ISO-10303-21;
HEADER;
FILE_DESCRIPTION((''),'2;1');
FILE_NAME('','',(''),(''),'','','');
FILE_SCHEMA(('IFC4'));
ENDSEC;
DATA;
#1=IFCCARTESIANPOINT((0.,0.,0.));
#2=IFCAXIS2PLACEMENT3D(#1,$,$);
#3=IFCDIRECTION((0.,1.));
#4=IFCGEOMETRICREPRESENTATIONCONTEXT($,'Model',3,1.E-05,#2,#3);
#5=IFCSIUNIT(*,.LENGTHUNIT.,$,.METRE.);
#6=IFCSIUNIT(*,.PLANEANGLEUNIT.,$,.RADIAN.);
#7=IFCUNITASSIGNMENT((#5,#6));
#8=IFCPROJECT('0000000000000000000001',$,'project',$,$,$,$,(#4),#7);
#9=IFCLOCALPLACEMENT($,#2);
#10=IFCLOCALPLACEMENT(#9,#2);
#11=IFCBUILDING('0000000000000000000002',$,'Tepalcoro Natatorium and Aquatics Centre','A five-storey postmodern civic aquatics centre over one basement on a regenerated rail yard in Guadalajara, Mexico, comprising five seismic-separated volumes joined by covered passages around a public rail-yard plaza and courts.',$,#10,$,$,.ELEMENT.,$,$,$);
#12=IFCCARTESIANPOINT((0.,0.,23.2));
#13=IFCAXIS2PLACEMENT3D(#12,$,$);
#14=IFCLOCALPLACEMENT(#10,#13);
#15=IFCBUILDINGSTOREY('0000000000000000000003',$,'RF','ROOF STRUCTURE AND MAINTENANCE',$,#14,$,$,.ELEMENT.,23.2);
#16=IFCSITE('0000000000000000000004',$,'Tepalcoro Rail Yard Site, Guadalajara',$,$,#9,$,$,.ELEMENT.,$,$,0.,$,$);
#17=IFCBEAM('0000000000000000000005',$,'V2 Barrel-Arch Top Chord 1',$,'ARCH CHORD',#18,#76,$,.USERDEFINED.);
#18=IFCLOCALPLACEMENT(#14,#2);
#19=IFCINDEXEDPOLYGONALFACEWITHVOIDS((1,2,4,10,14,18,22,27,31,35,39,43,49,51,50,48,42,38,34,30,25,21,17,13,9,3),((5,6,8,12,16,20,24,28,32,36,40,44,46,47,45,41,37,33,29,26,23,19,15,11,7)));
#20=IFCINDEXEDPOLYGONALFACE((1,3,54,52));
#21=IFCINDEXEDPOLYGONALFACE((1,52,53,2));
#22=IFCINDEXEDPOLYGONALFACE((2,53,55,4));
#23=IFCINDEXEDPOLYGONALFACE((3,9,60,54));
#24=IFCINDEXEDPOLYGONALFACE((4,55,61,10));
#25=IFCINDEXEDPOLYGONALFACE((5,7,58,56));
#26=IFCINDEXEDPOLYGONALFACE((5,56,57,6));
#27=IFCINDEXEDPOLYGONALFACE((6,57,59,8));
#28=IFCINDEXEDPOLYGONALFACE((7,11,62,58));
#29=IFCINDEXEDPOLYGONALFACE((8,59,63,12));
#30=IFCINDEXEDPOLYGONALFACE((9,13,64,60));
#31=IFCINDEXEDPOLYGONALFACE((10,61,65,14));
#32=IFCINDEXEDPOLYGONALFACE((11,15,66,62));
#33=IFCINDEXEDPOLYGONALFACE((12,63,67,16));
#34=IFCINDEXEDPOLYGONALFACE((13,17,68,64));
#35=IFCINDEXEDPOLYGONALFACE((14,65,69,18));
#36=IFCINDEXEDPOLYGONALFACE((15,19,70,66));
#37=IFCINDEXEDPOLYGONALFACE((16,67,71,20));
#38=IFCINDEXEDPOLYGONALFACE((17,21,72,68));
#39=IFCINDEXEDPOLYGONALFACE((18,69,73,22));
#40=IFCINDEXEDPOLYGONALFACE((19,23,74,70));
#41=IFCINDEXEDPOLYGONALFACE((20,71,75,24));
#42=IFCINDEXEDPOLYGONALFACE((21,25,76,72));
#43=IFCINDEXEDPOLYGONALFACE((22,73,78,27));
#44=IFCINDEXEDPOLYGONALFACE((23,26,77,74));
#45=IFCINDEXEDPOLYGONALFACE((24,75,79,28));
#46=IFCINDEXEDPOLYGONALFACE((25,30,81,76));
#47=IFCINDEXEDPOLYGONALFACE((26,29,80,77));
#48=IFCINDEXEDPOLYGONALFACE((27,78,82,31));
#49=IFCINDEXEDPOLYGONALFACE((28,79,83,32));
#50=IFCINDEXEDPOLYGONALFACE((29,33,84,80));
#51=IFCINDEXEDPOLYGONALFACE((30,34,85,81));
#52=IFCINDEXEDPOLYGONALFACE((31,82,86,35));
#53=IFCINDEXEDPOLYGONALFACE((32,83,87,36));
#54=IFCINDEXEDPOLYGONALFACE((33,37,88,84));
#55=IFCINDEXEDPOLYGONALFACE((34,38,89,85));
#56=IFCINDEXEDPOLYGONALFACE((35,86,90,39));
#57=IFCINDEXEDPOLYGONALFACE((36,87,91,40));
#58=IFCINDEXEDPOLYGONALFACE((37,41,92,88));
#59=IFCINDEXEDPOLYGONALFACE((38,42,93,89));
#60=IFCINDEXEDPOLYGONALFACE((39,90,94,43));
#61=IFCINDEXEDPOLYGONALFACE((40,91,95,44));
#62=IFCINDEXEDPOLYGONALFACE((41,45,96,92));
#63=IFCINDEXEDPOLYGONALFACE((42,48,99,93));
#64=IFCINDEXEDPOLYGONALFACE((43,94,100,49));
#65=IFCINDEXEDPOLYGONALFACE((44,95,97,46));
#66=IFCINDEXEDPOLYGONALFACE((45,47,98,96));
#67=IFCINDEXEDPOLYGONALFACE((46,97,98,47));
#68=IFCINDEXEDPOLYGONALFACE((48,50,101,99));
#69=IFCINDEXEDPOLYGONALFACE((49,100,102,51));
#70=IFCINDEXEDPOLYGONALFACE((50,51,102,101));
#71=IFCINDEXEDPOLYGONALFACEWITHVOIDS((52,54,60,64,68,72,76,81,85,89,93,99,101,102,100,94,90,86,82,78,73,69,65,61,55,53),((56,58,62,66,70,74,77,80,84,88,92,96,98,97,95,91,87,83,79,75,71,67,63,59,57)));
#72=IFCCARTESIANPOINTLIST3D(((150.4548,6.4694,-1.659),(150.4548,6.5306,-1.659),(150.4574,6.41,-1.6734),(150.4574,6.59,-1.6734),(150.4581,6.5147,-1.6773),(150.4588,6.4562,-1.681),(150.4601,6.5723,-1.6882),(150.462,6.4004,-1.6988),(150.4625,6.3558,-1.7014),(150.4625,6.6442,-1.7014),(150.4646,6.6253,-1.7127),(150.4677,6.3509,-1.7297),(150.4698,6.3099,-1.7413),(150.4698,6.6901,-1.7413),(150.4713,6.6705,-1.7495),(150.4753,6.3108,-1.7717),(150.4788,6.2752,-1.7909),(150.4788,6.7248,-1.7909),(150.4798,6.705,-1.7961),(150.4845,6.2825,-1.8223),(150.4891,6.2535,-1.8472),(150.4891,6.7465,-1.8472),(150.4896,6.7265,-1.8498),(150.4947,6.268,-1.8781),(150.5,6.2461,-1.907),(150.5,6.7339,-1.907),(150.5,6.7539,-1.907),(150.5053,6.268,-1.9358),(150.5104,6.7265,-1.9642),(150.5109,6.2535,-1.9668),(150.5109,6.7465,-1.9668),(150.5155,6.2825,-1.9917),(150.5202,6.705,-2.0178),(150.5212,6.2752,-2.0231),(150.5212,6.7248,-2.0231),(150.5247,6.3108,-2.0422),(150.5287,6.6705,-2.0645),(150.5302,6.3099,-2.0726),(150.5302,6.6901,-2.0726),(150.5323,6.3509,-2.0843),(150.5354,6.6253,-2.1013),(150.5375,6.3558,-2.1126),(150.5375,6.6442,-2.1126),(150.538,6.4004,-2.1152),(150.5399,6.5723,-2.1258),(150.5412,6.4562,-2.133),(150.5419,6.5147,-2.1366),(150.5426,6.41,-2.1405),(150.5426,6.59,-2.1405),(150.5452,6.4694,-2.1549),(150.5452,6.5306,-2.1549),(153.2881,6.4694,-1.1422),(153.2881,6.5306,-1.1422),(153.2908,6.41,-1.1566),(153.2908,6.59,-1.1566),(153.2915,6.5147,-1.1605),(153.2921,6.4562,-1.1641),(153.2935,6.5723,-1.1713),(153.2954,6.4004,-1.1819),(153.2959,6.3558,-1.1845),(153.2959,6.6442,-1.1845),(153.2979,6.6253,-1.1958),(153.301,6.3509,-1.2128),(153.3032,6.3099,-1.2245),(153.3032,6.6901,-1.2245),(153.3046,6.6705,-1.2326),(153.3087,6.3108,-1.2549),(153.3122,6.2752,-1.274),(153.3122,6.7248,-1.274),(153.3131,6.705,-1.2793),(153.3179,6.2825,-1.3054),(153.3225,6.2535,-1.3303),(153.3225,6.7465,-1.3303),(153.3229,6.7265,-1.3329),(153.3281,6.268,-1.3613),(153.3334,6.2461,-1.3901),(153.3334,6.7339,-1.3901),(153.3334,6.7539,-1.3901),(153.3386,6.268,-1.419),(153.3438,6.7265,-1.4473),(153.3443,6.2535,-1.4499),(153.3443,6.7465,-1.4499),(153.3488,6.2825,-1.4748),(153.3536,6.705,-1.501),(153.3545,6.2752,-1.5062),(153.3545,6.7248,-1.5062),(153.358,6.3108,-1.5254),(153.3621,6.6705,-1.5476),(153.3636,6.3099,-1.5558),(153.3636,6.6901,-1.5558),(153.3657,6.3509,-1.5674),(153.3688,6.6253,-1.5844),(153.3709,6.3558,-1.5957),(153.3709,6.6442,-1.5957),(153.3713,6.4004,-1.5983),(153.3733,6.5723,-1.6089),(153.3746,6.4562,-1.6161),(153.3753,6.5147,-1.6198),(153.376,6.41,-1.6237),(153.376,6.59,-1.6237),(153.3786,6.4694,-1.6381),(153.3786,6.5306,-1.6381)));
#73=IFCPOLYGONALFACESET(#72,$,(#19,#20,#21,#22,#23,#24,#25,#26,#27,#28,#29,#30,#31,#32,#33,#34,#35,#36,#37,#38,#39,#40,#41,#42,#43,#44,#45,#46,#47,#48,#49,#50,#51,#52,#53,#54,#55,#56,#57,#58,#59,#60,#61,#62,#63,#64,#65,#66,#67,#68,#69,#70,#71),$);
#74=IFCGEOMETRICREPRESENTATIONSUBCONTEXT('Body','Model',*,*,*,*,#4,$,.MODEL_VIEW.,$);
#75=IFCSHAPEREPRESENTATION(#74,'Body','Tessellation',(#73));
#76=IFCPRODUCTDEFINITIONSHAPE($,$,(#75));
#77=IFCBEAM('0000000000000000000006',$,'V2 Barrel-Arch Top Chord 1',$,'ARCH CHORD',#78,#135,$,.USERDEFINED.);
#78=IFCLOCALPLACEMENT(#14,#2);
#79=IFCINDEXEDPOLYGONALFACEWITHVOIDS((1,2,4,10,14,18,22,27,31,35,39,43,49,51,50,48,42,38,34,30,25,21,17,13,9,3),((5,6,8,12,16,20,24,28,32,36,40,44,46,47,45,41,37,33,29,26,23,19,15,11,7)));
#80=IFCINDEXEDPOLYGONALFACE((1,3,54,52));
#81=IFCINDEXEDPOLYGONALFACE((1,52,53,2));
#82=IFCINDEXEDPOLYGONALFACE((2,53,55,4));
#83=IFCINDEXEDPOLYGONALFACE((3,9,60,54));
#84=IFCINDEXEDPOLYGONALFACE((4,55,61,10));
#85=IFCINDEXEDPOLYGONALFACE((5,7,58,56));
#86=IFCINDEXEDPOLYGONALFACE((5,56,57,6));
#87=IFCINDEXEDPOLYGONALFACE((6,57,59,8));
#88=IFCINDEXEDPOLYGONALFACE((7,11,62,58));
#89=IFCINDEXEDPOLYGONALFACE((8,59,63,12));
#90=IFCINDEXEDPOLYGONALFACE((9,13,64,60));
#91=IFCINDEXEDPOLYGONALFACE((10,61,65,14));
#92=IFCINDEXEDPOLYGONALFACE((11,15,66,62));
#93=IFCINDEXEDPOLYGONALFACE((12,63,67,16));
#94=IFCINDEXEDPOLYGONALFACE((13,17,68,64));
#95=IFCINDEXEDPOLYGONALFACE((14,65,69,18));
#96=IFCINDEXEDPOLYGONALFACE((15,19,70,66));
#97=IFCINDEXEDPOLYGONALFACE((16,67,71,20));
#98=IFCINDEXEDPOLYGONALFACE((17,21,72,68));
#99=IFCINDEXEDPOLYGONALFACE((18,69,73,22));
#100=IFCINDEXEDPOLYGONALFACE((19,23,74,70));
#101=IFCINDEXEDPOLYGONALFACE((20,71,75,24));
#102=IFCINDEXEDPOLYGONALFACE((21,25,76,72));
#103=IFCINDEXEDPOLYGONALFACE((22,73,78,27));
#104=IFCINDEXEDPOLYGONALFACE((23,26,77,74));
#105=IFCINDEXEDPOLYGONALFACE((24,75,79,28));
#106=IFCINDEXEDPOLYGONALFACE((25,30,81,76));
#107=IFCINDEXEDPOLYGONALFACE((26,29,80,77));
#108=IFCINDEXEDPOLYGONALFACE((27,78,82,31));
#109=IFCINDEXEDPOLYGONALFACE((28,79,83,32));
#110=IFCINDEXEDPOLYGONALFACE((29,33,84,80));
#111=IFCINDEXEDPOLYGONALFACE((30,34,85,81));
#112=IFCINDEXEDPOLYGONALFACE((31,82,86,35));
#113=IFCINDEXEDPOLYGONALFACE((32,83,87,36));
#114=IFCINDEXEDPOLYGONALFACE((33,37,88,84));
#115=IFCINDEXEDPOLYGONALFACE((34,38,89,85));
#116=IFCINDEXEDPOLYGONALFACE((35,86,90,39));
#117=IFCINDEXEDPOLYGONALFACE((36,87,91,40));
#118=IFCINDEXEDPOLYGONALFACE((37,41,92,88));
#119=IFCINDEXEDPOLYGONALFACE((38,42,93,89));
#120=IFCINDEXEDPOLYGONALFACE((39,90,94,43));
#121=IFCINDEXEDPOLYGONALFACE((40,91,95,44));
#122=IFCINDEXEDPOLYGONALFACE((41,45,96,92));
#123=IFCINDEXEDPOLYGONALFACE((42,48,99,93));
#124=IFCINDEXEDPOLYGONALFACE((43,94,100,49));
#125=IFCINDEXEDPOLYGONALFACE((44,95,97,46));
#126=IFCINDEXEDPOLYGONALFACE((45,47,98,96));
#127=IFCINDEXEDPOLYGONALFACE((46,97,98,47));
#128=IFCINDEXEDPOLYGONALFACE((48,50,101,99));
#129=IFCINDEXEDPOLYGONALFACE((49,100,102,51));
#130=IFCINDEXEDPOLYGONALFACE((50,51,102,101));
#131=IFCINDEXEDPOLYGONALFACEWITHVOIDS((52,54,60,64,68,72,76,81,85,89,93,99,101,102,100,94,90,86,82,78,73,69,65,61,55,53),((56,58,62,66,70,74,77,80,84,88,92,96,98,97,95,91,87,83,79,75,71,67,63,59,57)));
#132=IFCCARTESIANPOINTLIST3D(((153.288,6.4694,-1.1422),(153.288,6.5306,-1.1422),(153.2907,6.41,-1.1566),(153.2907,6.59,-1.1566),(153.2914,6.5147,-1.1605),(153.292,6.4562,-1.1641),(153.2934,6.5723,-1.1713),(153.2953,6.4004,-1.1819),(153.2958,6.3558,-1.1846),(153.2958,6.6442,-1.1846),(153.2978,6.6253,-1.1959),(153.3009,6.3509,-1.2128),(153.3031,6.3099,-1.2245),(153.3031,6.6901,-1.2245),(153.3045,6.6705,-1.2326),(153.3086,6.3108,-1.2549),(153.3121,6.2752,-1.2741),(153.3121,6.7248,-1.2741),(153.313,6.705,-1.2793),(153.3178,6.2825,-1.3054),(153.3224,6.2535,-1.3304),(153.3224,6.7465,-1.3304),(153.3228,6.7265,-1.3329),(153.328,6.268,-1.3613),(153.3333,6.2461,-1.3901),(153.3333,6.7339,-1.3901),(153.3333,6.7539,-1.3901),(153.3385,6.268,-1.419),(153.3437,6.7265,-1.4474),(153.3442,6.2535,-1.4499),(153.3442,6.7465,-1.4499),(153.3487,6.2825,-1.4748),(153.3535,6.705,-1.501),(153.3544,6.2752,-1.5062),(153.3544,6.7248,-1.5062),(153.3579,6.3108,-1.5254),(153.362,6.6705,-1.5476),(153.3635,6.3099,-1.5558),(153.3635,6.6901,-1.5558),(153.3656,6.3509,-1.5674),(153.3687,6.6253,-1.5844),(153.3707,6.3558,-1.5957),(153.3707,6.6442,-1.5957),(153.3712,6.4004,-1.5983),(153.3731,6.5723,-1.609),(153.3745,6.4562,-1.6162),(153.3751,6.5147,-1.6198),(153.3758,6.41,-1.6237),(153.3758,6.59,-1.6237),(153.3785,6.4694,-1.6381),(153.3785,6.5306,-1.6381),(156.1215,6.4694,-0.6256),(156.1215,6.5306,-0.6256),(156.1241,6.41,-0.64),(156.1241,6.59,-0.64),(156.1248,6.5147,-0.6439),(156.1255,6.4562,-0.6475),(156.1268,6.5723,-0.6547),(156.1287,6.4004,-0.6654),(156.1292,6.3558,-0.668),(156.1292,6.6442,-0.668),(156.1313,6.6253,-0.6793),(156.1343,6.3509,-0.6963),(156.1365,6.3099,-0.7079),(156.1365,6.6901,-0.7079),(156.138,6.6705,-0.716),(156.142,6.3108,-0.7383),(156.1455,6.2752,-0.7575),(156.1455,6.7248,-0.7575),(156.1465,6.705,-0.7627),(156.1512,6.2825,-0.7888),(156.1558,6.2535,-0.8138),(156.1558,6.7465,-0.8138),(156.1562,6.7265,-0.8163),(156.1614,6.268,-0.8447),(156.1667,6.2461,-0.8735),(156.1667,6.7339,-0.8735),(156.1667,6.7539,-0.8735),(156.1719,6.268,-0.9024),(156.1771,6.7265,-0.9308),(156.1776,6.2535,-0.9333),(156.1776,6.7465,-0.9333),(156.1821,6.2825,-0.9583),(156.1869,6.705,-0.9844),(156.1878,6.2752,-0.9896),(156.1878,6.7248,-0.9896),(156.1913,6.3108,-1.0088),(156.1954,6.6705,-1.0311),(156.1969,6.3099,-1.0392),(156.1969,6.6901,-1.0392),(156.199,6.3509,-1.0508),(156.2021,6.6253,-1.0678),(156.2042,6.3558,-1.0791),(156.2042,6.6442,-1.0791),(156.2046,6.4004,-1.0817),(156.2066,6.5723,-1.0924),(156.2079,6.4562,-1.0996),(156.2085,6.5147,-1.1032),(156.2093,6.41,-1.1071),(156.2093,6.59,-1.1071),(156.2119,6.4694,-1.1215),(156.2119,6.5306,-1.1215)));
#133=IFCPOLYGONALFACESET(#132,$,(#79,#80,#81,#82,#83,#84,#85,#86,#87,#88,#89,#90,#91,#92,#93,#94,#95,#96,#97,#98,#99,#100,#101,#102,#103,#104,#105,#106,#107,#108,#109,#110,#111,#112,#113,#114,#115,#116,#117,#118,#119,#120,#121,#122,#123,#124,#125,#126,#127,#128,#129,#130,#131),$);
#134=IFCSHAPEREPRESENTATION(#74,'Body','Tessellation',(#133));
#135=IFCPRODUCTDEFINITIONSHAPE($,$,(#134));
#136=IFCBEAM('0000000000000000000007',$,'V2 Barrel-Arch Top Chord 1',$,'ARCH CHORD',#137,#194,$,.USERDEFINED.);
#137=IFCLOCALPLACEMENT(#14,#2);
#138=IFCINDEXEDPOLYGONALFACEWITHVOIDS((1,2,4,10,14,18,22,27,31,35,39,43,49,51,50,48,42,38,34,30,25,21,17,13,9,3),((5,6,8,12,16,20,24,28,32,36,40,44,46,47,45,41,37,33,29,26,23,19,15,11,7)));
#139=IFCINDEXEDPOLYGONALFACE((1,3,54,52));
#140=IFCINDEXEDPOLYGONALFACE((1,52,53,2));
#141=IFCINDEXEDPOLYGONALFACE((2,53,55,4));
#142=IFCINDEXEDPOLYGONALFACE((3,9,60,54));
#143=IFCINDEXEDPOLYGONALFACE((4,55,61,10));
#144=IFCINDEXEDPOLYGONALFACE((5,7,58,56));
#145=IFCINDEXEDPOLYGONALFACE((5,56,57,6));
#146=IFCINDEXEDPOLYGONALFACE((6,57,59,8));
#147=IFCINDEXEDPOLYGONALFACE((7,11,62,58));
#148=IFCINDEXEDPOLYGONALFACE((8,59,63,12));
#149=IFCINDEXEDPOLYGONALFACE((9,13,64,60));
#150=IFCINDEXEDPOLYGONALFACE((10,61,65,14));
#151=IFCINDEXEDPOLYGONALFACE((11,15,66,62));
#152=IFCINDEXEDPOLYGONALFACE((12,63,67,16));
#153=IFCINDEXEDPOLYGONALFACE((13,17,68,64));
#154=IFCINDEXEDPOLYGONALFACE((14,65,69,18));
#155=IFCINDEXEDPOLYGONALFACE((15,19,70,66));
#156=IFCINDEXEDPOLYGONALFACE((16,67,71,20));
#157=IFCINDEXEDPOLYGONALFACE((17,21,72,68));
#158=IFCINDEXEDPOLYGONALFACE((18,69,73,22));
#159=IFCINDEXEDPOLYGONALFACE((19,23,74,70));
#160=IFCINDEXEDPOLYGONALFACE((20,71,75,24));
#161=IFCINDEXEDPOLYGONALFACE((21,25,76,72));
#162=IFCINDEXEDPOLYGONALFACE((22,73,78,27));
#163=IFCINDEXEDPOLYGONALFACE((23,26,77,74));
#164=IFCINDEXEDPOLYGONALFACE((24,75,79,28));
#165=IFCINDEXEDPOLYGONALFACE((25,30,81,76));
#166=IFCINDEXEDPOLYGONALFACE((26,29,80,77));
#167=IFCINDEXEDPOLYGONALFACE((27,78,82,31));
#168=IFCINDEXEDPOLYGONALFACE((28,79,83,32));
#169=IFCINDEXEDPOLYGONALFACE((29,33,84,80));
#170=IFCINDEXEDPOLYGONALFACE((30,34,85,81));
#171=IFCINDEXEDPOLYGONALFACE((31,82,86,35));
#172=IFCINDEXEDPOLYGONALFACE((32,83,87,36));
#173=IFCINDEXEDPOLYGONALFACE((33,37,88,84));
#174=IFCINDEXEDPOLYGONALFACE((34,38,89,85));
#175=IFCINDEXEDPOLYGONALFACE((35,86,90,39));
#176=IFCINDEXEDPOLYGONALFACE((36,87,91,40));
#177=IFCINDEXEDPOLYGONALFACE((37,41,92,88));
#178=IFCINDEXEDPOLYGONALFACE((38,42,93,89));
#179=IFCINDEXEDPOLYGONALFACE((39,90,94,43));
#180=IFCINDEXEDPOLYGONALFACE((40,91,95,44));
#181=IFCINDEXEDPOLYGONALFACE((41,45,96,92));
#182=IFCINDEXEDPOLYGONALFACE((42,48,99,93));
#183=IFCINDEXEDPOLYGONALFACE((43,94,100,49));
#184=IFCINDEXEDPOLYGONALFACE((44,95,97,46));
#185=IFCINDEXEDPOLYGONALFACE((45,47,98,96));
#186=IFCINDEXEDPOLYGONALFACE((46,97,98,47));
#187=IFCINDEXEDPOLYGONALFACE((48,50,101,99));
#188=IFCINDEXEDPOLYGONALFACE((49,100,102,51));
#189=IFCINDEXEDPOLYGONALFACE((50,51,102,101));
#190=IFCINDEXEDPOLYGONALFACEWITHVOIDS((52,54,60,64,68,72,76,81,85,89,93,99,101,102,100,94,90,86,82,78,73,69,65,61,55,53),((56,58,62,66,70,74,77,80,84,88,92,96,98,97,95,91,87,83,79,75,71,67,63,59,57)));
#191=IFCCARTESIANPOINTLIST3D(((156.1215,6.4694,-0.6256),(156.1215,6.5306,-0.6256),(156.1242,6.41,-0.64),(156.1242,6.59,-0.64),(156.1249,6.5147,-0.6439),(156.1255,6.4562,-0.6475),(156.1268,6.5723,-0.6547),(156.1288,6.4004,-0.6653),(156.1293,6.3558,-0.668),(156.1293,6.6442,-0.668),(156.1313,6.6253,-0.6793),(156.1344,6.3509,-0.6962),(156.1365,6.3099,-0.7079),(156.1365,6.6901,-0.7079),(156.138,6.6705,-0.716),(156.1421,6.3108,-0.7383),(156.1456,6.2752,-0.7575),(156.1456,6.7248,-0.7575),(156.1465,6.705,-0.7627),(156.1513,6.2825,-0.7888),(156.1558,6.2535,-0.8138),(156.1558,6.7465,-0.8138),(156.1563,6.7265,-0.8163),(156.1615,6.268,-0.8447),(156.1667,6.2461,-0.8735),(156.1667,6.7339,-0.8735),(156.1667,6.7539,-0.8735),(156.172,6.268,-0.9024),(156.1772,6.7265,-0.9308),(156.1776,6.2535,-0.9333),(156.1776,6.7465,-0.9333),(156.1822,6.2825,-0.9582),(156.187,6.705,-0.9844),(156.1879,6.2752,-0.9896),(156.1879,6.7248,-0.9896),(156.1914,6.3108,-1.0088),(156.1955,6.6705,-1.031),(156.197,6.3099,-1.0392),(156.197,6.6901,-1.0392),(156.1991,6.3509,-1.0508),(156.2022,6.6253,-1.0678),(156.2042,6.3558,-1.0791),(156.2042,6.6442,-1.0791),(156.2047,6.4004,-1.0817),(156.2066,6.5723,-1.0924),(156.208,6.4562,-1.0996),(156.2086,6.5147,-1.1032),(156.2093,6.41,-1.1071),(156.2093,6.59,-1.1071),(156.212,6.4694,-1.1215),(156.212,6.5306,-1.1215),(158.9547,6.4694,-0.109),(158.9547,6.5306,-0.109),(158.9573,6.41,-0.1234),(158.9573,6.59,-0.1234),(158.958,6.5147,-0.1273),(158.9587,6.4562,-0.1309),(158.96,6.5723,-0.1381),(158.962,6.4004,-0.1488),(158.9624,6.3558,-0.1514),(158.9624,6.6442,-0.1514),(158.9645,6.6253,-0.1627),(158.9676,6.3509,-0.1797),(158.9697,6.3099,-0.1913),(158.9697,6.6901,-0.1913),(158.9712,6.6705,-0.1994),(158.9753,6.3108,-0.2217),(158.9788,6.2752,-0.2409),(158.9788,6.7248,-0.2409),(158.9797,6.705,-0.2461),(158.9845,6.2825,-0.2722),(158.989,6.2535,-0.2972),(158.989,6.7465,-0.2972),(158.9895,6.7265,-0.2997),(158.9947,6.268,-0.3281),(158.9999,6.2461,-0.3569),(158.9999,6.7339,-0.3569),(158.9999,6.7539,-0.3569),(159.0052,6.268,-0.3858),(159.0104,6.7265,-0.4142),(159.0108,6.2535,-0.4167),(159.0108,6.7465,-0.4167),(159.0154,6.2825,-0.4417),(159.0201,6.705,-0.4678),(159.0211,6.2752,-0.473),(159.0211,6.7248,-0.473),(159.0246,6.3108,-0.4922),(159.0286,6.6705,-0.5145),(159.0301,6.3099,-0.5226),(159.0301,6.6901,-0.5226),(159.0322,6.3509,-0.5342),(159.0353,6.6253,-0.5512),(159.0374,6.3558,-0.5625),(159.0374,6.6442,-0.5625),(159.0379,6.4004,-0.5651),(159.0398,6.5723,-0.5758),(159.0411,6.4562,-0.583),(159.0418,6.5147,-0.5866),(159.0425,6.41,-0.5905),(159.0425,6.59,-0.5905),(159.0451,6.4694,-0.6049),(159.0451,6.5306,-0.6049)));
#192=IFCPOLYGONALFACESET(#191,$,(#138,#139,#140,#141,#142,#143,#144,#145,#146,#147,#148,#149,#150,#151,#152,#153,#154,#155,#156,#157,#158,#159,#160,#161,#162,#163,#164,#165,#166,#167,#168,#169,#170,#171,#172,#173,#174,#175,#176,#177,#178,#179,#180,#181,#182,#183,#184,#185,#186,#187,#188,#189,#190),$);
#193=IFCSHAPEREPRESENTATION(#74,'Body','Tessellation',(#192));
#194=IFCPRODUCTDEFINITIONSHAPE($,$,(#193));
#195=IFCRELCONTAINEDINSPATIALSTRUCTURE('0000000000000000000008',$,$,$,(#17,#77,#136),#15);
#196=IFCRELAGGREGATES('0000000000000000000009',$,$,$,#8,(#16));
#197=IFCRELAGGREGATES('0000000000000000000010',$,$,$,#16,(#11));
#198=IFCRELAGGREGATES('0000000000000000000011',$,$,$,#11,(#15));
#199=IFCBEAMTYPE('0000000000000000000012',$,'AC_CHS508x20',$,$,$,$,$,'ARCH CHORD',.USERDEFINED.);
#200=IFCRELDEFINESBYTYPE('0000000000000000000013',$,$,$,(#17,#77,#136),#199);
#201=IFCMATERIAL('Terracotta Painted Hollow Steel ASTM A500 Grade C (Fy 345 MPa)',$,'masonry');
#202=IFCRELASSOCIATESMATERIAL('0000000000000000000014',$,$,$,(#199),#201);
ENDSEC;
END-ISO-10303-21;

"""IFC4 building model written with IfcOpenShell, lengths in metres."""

from ifc_helpers import new_model, si_unit, direction, frame, origin, origin_2d, place, context, subcontext, project, spatial, hollow_circle, extrude, material, material_profile, profile_set, type_object, element, save


model = new_model("IFC4")

# Units and contexts
model_context = context("Model", 3, precision=1e-05, world=origin(), true_north=direction((0.0, 1.0)))
body_context = subcontext(model_context, "Body", "Model", "MODEL_VIEW")
ifc_project = project(units=[si_unit("LENGTHUNIT", "METRE"), si_unit("PLANEANGLEUNIT", "RADIAN")], contexts=[model_context])

# Site, building, storey
site_placement = place(None, origin())
site = spatial("IfcSite", under=ifc_project, at=site_placement, Name="Tepalcoro Rail Yard Site, Guadalajara", CompositionType="ELEMENT", RefElevation=0.0)
building_placement = place(site_placement, origin())
building = spatial("IfcBuilding", under=site, at=building_placement, Name="Tepalcoro Natatorium and Aquatics Centre", Description="A five-storey postmodern civic aquatics centre over one basement on a regenerated rail yard in Guadalajara, Mexico, comprising five seismic-separated volumes joined by covered passages around a public rail-yard plaza and courts.", CompositionType="ELEMENT")
storey_placement = place(building_placement, frame((0.0, 0.0, 23.2)))
storey = spatial("IfcBuildingStorey", under=building, at=storey_placement, Name="RF", Description="ROOF STRUCTURE AND MAINTENANCE", CompositionType="ELEMENT", Elevation=23.2)

# Beams
ifc_material_1 = material(Name="Terracotta Painted Hollow Steel ASTM A500 Grade C (Fy 345 MPa)", Category="masonry")
ifc_material_profile_1 = material_profile(ifc_material_1, hollow_circle(Radius=0.2539, WallThickness=0.02, at=origin_2d()), Name="CHS508X20")
ifc_profile_set_1 = profile_set([ifc_material_profile_1], Name="Terracotta Painted Hollow Steel ASTM A500 Grade C (Fy 345 MPa)")
beam_type_1 = type_object("IfcBeamType", Name="AC_CHS508x20", ElementType="ARCH CHORD", PredefinedType="USERDEFINED", material=ifc_profile_set_1)
for number, where, z_axis, x_axis, name in (
    (1, (150.5, 6.5, -1.907), (0.983765, 0.0, 0.17946), (0.0, 1.0, 0.0), "V2 Barrel-Arch Top Chord 1"),
    (2, (153.3333, 6.5, -1.3901), (0.983783, 0.0, 0.179363), (0.0, 1.0, 0.0), "V2 Barrel-Arch Top Chord 1"),
):
    element("IfcBeam", number, at=place(storey_placement, frame(where, z_axis=z_axis, x_axis=x_axis)), inside=storey, type_object=beam_type_1, Name=name, ObjectType="ARCH CHORD", PredefinedType="USERDEFINED", context=body_context, shape_type="SweptSolid", body=[
        extrude(hollow_circle(Radius=0.2539, WallThickness=0.02, at=origin_2d()), origin(), (0.0, 0.0, 1.0), 2.8801),
    ])
beam_1_placement = place(storey_placement, frame((156.1667, 6.5, -0.8735), z_axis=(0.98378, 0.0, 0.179378), x_axis=(0.0, 1.0, 0.0)))
element("IfcBeam", 3, at=beam_1_placement, inside=storey, type_object=beam_type_1, Name="V2 Barrel-Arch Top Chord 1", ObjectType="ARCH CHORD", PredefinedType="USERDEFINED", context=body_context, shape_type="SweptSolid", body=[
    extrude(hollow_circle(Radius=0.2539, WallThickness=0.02, at=origin_2d()), origin(), (0.0, 0.0, 1.0), 2.8799),
])

save(model, "model.ifc")
